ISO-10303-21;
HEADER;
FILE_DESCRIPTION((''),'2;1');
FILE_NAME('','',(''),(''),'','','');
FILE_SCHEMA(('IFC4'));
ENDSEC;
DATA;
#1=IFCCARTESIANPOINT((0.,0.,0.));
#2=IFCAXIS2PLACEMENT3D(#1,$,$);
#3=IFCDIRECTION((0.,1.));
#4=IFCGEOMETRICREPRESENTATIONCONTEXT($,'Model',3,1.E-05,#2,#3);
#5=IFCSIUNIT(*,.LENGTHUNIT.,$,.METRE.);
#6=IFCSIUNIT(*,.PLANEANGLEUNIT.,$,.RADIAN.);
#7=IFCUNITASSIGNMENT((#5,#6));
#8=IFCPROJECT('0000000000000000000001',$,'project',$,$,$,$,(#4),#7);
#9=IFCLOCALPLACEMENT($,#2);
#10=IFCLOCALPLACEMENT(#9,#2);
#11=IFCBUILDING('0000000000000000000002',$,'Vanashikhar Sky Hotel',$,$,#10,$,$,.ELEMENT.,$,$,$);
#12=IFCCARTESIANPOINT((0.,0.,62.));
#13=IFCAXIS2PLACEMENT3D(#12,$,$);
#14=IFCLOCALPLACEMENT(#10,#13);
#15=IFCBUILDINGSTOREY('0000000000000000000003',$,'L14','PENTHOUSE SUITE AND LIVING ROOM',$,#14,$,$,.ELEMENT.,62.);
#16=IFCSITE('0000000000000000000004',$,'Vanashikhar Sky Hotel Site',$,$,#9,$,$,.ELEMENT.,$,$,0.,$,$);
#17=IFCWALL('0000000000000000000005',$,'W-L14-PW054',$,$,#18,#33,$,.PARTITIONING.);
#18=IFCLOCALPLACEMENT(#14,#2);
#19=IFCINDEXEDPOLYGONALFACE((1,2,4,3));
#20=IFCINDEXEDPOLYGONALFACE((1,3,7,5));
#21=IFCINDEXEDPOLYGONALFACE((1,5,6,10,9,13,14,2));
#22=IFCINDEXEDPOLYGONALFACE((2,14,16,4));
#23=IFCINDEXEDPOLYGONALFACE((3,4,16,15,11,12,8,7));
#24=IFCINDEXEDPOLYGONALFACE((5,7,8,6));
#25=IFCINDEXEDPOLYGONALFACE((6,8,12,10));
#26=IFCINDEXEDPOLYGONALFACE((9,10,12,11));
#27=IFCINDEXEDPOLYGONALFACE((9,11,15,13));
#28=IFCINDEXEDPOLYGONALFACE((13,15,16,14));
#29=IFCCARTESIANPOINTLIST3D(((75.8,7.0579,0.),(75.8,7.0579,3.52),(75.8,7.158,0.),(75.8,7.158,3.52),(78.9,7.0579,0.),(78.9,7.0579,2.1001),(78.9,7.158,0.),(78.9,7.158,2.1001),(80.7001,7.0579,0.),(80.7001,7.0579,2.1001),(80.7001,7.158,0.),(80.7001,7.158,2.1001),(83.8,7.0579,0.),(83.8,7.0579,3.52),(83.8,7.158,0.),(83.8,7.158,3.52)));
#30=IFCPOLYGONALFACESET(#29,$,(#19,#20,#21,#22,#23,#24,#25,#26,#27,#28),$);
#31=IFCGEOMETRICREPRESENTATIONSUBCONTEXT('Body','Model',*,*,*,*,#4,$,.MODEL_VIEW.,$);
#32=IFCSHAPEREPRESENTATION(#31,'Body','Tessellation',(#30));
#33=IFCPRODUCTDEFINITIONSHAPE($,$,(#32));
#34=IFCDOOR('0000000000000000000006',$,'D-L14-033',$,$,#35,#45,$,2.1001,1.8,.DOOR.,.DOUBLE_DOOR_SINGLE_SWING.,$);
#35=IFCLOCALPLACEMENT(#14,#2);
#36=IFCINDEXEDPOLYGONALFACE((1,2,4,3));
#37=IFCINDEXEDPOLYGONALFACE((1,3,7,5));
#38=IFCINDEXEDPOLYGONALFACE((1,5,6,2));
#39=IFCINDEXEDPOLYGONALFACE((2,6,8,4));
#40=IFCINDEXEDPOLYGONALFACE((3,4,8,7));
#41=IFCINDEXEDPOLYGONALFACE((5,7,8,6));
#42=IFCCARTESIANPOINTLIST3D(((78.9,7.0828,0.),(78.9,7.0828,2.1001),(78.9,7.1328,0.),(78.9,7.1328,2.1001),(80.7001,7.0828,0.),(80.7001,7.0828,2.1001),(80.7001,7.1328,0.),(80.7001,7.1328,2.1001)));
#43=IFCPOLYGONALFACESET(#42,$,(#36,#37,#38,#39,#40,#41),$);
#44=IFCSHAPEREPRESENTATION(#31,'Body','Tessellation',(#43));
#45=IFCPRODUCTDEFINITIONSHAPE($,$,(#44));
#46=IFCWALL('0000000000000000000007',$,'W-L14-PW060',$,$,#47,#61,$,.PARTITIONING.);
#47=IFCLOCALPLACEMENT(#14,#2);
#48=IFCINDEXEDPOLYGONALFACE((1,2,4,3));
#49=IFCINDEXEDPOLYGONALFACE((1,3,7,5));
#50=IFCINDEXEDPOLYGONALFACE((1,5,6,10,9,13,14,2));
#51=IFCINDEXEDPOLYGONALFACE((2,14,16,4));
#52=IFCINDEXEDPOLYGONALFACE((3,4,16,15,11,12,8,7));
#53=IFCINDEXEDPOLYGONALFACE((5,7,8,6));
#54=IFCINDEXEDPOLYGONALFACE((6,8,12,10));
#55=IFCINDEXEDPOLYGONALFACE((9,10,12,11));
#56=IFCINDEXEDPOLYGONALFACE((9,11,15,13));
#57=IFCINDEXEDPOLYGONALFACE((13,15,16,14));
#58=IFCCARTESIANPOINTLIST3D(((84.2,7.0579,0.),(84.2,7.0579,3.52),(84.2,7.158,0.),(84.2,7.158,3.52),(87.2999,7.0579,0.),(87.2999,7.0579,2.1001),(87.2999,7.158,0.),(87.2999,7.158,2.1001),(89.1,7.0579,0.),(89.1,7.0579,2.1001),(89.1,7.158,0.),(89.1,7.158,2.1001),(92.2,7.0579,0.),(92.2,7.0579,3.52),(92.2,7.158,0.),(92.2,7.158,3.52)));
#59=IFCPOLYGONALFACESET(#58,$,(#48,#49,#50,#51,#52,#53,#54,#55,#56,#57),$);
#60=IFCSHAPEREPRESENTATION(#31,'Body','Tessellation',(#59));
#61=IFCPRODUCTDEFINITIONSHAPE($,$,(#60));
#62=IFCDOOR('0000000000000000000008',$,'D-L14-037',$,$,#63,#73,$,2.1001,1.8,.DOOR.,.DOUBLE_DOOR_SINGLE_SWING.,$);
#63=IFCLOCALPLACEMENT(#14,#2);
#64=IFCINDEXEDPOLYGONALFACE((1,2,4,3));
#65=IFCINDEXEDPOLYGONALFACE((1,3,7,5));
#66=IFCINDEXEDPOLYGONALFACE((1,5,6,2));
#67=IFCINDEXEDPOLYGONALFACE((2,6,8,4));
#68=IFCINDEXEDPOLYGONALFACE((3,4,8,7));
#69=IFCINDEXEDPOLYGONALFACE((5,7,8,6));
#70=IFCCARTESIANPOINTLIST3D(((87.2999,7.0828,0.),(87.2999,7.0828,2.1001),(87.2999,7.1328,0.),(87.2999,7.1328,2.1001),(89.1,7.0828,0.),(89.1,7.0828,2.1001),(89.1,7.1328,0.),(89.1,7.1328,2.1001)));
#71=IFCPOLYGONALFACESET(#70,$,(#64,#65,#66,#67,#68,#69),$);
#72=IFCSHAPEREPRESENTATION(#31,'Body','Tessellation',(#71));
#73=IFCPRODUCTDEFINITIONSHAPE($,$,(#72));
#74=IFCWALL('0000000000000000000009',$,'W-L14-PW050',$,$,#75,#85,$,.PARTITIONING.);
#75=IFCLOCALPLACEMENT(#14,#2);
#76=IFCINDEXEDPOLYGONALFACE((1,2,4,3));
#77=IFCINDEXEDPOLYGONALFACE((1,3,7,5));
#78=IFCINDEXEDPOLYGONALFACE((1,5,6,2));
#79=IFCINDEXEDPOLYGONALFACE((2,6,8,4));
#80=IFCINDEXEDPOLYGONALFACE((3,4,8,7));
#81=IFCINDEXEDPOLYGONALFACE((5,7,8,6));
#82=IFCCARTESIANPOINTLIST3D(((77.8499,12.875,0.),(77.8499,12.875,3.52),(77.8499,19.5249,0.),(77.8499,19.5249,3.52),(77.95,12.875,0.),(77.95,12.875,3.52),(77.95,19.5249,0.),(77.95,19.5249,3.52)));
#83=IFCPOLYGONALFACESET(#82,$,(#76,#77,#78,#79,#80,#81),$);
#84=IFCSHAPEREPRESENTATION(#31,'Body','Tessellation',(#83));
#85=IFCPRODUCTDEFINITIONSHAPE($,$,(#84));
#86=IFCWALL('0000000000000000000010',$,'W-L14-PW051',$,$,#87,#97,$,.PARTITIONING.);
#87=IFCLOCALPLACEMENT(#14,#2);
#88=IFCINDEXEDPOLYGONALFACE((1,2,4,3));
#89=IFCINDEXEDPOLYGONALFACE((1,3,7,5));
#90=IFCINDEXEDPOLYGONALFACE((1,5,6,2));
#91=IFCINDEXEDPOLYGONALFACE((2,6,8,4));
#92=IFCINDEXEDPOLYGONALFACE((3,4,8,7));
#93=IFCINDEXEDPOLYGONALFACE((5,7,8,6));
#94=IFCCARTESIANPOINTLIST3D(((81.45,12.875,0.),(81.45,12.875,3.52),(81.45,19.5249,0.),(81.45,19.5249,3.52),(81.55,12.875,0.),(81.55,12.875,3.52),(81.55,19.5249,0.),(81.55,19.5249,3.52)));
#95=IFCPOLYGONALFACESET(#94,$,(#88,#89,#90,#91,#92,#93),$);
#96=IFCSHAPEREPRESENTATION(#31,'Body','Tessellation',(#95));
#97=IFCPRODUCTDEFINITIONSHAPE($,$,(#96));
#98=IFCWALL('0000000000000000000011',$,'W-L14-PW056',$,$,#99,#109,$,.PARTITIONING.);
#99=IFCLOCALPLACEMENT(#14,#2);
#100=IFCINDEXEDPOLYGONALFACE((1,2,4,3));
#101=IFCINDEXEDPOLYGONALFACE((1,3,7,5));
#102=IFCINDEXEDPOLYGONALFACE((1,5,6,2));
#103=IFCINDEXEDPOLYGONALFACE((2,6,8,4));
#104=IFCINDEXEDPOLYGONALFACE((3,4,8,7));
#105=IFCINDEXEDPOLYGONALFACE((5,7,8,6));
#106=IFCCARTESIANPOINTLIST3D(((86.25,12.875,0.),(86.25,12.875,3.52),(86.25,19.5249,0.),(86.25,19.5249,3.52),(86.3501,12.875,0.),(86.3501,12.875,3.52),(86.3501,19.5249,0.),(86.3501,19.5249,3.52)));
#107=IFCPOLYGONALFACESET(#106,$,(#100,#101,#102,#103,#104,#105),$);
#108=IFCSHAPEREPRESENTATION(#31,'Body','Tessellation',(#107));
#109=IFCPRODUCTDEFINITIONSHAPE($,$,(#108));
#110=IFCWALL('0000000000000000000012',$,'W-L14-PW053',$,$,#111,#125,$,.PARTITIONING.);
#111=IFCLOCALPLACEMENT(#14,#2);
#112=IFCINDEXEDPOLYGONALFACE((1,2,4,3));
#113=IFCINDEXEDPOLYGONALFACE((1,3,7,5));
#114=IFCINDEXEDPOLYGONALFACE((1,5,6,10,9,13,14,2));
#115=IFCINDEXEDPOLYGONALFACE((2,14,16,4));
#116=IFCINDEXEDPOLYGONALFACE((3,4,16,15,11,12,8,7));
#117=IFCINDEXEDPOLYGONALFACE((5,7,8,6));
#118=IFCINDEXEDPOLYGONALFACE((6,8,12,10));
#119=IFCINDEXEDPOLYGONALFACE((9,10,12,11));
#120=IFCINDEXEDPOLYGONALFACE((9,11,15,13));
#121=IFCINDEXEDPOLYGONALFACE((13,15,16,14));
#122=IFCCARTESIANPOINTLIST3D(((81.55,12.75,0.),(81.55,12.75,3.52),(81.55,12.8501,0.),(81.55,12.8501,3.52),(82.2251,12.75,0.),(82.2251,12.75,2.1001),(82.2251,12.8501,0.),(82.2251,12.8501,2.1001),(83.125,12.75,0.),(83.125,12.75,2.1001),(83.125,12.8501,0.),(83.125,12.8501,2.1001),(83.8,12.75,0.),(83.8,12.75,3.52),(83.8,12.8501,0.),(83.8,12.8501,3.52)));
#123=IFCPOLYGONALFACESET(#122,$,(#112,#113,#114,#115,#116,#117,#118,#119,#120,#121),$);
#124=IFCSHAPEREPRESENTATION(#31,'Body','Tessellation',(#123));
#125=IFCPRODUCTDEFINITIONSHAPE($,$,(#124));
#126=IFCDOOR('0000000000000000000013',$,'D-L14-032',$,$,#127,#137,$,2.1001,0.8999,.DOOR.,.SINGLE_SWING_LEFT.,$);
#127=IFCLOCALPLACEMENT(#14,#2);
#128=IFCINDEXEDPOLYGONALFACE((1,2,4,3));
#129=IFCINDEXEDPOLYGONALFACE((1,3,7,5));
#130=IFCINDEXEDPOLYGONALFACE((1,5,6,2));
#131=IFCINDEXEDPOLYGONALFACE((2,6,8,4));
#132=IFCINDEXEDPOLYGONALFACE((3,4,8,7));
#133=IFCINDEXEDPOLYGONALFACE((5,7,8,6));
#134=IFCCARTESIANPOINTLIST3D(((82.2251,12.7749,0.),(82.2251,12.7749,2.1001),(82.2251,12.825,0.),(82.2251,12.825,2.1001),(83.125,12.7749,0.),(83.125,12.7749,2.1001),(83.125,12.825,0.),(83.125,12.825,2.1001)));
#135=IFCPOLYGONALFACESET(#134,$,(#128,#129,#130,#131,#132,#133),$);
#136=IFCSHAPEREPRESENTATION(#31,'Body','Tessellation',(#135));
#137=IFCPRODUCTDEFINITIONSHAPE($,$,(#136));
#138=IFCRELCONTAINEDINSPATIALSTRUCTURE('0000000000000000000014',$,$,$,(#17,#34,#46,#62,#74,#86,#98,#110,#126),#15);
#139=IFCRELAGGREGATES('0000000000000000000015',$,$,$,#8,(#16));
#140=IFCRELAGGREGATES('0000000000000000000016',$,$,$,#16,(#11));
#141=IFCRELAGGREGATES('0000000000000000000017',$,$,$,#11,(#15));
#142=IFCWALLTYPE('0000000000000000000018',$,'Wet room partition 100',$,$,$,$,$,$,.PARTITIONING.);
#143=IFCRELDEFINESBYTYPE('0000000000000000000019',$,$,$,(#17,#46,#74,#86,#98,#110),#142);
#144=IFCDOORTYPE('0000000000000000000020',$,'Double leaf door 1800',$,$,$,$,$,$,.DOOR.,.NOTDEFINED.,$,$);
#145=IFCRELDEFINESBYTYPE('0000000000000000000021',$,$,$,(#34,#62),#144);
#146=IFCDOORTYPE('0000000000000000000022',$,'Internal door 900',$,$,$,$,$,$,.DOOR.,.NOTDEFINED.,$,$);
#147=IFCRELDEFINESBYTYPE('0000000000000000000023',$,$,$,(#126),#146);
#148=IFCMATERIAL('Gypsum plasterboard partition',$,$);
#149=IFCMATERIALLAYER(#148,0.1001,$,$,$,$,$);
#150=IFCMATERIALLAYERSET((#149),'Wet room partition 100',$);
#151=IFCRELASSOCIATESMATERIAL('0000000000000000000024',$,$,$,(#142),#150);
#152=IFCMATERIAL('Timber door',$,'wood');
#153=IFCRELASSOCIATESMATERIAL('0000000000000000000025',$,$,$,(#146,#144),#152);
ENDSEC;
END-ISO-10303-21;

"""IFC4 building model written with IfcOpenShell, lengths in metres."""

from ifc_helpers import new_model, si_unit, direction, frame, frame_2d, origin, place, context, subcontext, project, spatial, rectangle, extrude, source, transform, mapped, material, layer, layer_set, type_object, element, fill, save


model = new_model("IFC4")

# Units and contexts
model_context = context("Model", 3, precision=1e-05, world=origin(), true_north=direction((0.0, 1.0)))
body_context = subcontext(model_context, "Body", "Model", "MODEL_VIEW")
ifc_project = project(units=[si_unit("LENGTHUNIT", "METRE"), si_unit("PLANEANGLEUNIT", "RADIAN")], contexts=[model_context])

# Site, building, storey
site_placement = place(None, origin())
site = spatial("IfcSite", under=ifc_project, at=site_placement, Name="Vanashikhar Sky Hotel Site", CompositionType="ELEMENT", RefElevation=0.0)
building_placement = place(site_placement, origin())
building = spatial("IfcBuilding", under=site, at=building_placement, Name="Vanashikhar Sky Hotel", CompositionType="ELEMENT")
storey_placement = place(building_placement, frame((0.0, 0.0, 62.0)))
storey = spatial("IfcBuildingStorey", under=building, at=storey_placement, Name="L14", Description="PENTHOUSE SUITE AND LIVING ROOM", CompositionType="ELEMENT", Elevation=62.0)

# Walls, openings, doors
ifc_material_1 = material(Name="Gypsum plasterboard partition")
ifc_layer_1 = layer(ifc_material_1, 0.1001)
ifc_layer_set_1 = layer_set([ifc_layer_1], Name="Wet room partition 100")
wall_type_1 = type_object("IfcWallType", Name="Wet room partition 100", PredefinedType="PARTITIONING", material=ifc_layer_set_1)
shared_shape_1 = source(origin(), body_context, "Body", "SweptSolid", [
    extrude(rectangle(XDim=0.8999, YDim=2.1001, at=frame_2d((0.45, 1.05))), frame((0.0, 0.0601, 0.0), z_axis=(0.0, -1.0, 0.0), x_axis=(1.0, 0.0, 0.0)), (0.0, 0.0, 1.0), 0.1201),
])
ifc_material_2 = material(Name="Timber door", Category="wood")
door_type_1 = type_object("IfcDoorType", Name="Internal door 900", OperationType="NOTDEFINED", PredefinedType="DOOR", material=ifc_material_2)
shared_shape_2 = source(origin(), body_context, "Body", "SweptSolid", [
    extrude(rectangle(XDim=0.8999, YDim=2.1001, at=frame_2d((0.45, 1.05))), frame((0.0, 0.0249, 0.0), z_axis=(0.0, -1.0, 0.0), x_axis=(1.0, 0.0, 0.0)), (0.0, 0.0, 1.0), 0.05),
])
shared_shape_3 = source(origin(), body_context, "Body", "SweptSolid", [
    extrude(rectangle(XDim=8.0, YDim=0.1001, at=frame_2d((4.0, 0.0))), origin(), (0.0, 0.0, 1.0), 3.52),
])
wall_1_placement = place(storey_placement, frame((75.8, 7.1079, 0.0), z_axis=(0.0, 0.0, 1.0), x_axis=(1.0, 0.0, 0.0)))
wall_1 = element("IfcWall", 1, at=wall_1_placement, inside=storey, type_object=wall_type_1, Name="W-L14-PW054", PredefinedType="PARTITIONING", context=body_context, shape_type="MappedRepresentation", body=[
    mapped(shared_shape_3, transform((0.0, 0.0, 0.0), scale=1.0)),
])
shared_shape_4 = source(origin(), body_context, "Body", "SweptSolid", [
    extrude(rectangle(XDim=1.8, YDim=2.1001, at=frame_2d((0.8999, 1.05))), frame((0.0, 0.0601, 0.0), z_axis=(0.0, -1.0, 0.0), x_axis=(1.0, 0.0, 0.0)), (0.0, 0.0, 1.0), 0.1201),
])
opening_1_placement = place(wall_1_placement, frame((3.1001, 0.0, 0.0)))
opening_1 = element("IfcOpeningElement", 2, at=opening_1_placement, cuts=wall_1, PredefinedType="OPENING", context=body_context, shape_type="MappedRepresentation", body=[
    mapped(shared_shape_4, transform((0.0, 0.0, 0.0), scale=1.0)),
])
door_type_2 = type_object("IfcDoorType", Name="Double leaf door 1800", OperationType="NOTDEFINED", PredefinedType="DOOR", material=ifc_material_2)
shared_shape_5 = source(origin(), body_context, "Body", "SweptSolid", [
    extrude(rectangle(XDim=1.8, YDim=2.1001, at=frame_2d((0.8999, 1.05))), frame((0.0, 0.0249, 0.0), z_axis=(0.0, -1.0, 0.0), x_axis=(1.0, 0.0, 0.0)), (0.0, 0.0, 1.0), 0.05),
])
door_1_placement = place(opening_1_placement, origin())
door_1 = element("IfcDoor", 3, at=door_1_placement, inside=storey, type_object=door_type_2, Name="D-L14-033", OperationType="DOUBLE_DOOR_SINGLE_SWING", OverallHeight=2.1001, OverallWidth=1.8, PredefinedType="DOOR", context=body_context, shape_type="MappedRepresentation", body=[
    mapped(shared_shape_5, transform((0.0, 0.0, 0.0), scale=1.0)),
])
fill(opening_1, door_1)
wall_2_placement = place(storey_placement, frame((84.2, 7.1079, 0.0), z_axis=(0.0, 0.0, 1.0), x_axis=(1.0, 0.0, 0.0)))
wall_2 = element("IfcWall", 4, at=wall_2_placement, inside=storey, type_object=wall_type_1, Name="W-L14-PW060", PredefinedType="PARTITIONING", context=body_context, shape_type="MappedRepresentation", body=[
    mapped(shared_shape_3, transform((0.0, 0.0, 0.0), scale=1.0)),
])
opening_2_placement = place(wall_2_placement, frame((3.1001, 0.0, 0.0)))
opening_2 = element("IfcOpeningElement", 5, at=opening_2_placement, cuts=wall_2, PredefinedType="OPENING", context=body_context, shape_type="MappedRepresentation", body=[
    mapped(shared_shape_4, transform((0.0, 0.0, 0.0), scale=1.0)),
])
door_2_placement = place(opening_2_placement, origin())
door_2 = element("IfcDoor", 6, at=door_2_placement, inside=storey, type_object=door_type_2, Name="D-L14-037", OperationType="DOUBLE_DOOR_SINGLE_SWING", OverallHeight=2.1001, OverallWidth=1.8, PredefinedType="DOOR", context=body_context, shape_type="MappedRepresentation", body=[
    mapped(shared_shape_5, transform((0.0, 0.0, 0.0), scale=1.0)),
])
fill(opening_2, door_2)

# Walls
shared_shape_6 = source(origin(), body_context, "Body", "SweptSolid", [
    extrude(rectangle(XDim=6.6499, YDim=0.1001, at=frame_2d((3.325, 0.0))), origin(), (0.0, 0.0, 1.0), 3.52),
])
for number, where, z_axis, x_axis, name in (
    (7, (77.8999, 12.875, 0.0), (0.0, 0.0, 1.0), (0.0, 1.0, 0.0), "W-L14-PW050"),
    (8, (81.5, 12.875, 0.0), (0.0, 0.0, 1.0), (0.0, 1.0, 0.0), "W-L14-PW051"),
    (9, (86.3, 12.875, 0.0), (0.0, 0.0, 1.0), (0.0, 1.0, 0.0), "W-L14-PW056"),
):
    element("IfcWall", number, at=place(storey_placement, frame(where, z_axis=z_axis, x_axis=x_axis)), inside=storey, type_object=wall_type_1, Name=name, PredefinedType="PARTITIONING", context=body_context, shape_type="MappedRepresentation", body=[
        mapped(shared_shape_6, transform((0.0, 0.0, 0.0), scale=1.0)),
    ])

# Wall, opening, door
shared_shape_7 = source(origin(), body_context, "Body", "SweptSolid", [
    extrude(rectangle(XDim=2.25, YDim=0.1001, at=frame_2d((1.125, 0.0))), origin(), (0.0, 0.0, 1.0), 3.52),
])
wall_3_placement = place(storey_placement, frame((81.55, 12.8, 0.0), z_axis=(0.0, 0.0, 1.0), x_axis=(1.0, 0.0, 0.0)))
wall_3 = element("IfcWall", 10, at=wall_3_placement, inside=storey, type_object=wall_type_1, Name="W-L14-PW053", PredefinedType="PARTITIONING", context=body_context, shape_type="MappedRepresentation", body=[
    mapped(shared_shape_7, transform((0.0, 0.0, 0.0), scale=1.0)),
])
opening_3_placement = place(wall_3_placement, frame((0.675, 0.0, 0.0)))
opening_3 = element("IfcOpeningElement", 11, at=opening_3_placement, cuts=wall_3, PredefinedType="OPENING", context=body_context, shape_type="MappedRepresentation", body=[
    mapped(shared_shape_1, transform((0.0, 0.0, 0.0), scale=1.0)),
])
door_3_placement = place(opening_3_placement, origin())
door_3 = element("IfcDoor", 12, at=door_3_placement, inside=storey, type_object=door_type_1, Name="D-L14-032", OperationType="SINGLE_SWING_LEFT", OverallHeight=2.1001, OverallWidth=0.8999, PredefinedType="DOOR", context=body_context, shape_type="MappedRepresentation", body=[
    mapped(shared_shape_2, transform((0.0, 0.0, 0.0), scale=1.0)),
])
fill(opening_3, door_3)

save(model, "model.ifc")
